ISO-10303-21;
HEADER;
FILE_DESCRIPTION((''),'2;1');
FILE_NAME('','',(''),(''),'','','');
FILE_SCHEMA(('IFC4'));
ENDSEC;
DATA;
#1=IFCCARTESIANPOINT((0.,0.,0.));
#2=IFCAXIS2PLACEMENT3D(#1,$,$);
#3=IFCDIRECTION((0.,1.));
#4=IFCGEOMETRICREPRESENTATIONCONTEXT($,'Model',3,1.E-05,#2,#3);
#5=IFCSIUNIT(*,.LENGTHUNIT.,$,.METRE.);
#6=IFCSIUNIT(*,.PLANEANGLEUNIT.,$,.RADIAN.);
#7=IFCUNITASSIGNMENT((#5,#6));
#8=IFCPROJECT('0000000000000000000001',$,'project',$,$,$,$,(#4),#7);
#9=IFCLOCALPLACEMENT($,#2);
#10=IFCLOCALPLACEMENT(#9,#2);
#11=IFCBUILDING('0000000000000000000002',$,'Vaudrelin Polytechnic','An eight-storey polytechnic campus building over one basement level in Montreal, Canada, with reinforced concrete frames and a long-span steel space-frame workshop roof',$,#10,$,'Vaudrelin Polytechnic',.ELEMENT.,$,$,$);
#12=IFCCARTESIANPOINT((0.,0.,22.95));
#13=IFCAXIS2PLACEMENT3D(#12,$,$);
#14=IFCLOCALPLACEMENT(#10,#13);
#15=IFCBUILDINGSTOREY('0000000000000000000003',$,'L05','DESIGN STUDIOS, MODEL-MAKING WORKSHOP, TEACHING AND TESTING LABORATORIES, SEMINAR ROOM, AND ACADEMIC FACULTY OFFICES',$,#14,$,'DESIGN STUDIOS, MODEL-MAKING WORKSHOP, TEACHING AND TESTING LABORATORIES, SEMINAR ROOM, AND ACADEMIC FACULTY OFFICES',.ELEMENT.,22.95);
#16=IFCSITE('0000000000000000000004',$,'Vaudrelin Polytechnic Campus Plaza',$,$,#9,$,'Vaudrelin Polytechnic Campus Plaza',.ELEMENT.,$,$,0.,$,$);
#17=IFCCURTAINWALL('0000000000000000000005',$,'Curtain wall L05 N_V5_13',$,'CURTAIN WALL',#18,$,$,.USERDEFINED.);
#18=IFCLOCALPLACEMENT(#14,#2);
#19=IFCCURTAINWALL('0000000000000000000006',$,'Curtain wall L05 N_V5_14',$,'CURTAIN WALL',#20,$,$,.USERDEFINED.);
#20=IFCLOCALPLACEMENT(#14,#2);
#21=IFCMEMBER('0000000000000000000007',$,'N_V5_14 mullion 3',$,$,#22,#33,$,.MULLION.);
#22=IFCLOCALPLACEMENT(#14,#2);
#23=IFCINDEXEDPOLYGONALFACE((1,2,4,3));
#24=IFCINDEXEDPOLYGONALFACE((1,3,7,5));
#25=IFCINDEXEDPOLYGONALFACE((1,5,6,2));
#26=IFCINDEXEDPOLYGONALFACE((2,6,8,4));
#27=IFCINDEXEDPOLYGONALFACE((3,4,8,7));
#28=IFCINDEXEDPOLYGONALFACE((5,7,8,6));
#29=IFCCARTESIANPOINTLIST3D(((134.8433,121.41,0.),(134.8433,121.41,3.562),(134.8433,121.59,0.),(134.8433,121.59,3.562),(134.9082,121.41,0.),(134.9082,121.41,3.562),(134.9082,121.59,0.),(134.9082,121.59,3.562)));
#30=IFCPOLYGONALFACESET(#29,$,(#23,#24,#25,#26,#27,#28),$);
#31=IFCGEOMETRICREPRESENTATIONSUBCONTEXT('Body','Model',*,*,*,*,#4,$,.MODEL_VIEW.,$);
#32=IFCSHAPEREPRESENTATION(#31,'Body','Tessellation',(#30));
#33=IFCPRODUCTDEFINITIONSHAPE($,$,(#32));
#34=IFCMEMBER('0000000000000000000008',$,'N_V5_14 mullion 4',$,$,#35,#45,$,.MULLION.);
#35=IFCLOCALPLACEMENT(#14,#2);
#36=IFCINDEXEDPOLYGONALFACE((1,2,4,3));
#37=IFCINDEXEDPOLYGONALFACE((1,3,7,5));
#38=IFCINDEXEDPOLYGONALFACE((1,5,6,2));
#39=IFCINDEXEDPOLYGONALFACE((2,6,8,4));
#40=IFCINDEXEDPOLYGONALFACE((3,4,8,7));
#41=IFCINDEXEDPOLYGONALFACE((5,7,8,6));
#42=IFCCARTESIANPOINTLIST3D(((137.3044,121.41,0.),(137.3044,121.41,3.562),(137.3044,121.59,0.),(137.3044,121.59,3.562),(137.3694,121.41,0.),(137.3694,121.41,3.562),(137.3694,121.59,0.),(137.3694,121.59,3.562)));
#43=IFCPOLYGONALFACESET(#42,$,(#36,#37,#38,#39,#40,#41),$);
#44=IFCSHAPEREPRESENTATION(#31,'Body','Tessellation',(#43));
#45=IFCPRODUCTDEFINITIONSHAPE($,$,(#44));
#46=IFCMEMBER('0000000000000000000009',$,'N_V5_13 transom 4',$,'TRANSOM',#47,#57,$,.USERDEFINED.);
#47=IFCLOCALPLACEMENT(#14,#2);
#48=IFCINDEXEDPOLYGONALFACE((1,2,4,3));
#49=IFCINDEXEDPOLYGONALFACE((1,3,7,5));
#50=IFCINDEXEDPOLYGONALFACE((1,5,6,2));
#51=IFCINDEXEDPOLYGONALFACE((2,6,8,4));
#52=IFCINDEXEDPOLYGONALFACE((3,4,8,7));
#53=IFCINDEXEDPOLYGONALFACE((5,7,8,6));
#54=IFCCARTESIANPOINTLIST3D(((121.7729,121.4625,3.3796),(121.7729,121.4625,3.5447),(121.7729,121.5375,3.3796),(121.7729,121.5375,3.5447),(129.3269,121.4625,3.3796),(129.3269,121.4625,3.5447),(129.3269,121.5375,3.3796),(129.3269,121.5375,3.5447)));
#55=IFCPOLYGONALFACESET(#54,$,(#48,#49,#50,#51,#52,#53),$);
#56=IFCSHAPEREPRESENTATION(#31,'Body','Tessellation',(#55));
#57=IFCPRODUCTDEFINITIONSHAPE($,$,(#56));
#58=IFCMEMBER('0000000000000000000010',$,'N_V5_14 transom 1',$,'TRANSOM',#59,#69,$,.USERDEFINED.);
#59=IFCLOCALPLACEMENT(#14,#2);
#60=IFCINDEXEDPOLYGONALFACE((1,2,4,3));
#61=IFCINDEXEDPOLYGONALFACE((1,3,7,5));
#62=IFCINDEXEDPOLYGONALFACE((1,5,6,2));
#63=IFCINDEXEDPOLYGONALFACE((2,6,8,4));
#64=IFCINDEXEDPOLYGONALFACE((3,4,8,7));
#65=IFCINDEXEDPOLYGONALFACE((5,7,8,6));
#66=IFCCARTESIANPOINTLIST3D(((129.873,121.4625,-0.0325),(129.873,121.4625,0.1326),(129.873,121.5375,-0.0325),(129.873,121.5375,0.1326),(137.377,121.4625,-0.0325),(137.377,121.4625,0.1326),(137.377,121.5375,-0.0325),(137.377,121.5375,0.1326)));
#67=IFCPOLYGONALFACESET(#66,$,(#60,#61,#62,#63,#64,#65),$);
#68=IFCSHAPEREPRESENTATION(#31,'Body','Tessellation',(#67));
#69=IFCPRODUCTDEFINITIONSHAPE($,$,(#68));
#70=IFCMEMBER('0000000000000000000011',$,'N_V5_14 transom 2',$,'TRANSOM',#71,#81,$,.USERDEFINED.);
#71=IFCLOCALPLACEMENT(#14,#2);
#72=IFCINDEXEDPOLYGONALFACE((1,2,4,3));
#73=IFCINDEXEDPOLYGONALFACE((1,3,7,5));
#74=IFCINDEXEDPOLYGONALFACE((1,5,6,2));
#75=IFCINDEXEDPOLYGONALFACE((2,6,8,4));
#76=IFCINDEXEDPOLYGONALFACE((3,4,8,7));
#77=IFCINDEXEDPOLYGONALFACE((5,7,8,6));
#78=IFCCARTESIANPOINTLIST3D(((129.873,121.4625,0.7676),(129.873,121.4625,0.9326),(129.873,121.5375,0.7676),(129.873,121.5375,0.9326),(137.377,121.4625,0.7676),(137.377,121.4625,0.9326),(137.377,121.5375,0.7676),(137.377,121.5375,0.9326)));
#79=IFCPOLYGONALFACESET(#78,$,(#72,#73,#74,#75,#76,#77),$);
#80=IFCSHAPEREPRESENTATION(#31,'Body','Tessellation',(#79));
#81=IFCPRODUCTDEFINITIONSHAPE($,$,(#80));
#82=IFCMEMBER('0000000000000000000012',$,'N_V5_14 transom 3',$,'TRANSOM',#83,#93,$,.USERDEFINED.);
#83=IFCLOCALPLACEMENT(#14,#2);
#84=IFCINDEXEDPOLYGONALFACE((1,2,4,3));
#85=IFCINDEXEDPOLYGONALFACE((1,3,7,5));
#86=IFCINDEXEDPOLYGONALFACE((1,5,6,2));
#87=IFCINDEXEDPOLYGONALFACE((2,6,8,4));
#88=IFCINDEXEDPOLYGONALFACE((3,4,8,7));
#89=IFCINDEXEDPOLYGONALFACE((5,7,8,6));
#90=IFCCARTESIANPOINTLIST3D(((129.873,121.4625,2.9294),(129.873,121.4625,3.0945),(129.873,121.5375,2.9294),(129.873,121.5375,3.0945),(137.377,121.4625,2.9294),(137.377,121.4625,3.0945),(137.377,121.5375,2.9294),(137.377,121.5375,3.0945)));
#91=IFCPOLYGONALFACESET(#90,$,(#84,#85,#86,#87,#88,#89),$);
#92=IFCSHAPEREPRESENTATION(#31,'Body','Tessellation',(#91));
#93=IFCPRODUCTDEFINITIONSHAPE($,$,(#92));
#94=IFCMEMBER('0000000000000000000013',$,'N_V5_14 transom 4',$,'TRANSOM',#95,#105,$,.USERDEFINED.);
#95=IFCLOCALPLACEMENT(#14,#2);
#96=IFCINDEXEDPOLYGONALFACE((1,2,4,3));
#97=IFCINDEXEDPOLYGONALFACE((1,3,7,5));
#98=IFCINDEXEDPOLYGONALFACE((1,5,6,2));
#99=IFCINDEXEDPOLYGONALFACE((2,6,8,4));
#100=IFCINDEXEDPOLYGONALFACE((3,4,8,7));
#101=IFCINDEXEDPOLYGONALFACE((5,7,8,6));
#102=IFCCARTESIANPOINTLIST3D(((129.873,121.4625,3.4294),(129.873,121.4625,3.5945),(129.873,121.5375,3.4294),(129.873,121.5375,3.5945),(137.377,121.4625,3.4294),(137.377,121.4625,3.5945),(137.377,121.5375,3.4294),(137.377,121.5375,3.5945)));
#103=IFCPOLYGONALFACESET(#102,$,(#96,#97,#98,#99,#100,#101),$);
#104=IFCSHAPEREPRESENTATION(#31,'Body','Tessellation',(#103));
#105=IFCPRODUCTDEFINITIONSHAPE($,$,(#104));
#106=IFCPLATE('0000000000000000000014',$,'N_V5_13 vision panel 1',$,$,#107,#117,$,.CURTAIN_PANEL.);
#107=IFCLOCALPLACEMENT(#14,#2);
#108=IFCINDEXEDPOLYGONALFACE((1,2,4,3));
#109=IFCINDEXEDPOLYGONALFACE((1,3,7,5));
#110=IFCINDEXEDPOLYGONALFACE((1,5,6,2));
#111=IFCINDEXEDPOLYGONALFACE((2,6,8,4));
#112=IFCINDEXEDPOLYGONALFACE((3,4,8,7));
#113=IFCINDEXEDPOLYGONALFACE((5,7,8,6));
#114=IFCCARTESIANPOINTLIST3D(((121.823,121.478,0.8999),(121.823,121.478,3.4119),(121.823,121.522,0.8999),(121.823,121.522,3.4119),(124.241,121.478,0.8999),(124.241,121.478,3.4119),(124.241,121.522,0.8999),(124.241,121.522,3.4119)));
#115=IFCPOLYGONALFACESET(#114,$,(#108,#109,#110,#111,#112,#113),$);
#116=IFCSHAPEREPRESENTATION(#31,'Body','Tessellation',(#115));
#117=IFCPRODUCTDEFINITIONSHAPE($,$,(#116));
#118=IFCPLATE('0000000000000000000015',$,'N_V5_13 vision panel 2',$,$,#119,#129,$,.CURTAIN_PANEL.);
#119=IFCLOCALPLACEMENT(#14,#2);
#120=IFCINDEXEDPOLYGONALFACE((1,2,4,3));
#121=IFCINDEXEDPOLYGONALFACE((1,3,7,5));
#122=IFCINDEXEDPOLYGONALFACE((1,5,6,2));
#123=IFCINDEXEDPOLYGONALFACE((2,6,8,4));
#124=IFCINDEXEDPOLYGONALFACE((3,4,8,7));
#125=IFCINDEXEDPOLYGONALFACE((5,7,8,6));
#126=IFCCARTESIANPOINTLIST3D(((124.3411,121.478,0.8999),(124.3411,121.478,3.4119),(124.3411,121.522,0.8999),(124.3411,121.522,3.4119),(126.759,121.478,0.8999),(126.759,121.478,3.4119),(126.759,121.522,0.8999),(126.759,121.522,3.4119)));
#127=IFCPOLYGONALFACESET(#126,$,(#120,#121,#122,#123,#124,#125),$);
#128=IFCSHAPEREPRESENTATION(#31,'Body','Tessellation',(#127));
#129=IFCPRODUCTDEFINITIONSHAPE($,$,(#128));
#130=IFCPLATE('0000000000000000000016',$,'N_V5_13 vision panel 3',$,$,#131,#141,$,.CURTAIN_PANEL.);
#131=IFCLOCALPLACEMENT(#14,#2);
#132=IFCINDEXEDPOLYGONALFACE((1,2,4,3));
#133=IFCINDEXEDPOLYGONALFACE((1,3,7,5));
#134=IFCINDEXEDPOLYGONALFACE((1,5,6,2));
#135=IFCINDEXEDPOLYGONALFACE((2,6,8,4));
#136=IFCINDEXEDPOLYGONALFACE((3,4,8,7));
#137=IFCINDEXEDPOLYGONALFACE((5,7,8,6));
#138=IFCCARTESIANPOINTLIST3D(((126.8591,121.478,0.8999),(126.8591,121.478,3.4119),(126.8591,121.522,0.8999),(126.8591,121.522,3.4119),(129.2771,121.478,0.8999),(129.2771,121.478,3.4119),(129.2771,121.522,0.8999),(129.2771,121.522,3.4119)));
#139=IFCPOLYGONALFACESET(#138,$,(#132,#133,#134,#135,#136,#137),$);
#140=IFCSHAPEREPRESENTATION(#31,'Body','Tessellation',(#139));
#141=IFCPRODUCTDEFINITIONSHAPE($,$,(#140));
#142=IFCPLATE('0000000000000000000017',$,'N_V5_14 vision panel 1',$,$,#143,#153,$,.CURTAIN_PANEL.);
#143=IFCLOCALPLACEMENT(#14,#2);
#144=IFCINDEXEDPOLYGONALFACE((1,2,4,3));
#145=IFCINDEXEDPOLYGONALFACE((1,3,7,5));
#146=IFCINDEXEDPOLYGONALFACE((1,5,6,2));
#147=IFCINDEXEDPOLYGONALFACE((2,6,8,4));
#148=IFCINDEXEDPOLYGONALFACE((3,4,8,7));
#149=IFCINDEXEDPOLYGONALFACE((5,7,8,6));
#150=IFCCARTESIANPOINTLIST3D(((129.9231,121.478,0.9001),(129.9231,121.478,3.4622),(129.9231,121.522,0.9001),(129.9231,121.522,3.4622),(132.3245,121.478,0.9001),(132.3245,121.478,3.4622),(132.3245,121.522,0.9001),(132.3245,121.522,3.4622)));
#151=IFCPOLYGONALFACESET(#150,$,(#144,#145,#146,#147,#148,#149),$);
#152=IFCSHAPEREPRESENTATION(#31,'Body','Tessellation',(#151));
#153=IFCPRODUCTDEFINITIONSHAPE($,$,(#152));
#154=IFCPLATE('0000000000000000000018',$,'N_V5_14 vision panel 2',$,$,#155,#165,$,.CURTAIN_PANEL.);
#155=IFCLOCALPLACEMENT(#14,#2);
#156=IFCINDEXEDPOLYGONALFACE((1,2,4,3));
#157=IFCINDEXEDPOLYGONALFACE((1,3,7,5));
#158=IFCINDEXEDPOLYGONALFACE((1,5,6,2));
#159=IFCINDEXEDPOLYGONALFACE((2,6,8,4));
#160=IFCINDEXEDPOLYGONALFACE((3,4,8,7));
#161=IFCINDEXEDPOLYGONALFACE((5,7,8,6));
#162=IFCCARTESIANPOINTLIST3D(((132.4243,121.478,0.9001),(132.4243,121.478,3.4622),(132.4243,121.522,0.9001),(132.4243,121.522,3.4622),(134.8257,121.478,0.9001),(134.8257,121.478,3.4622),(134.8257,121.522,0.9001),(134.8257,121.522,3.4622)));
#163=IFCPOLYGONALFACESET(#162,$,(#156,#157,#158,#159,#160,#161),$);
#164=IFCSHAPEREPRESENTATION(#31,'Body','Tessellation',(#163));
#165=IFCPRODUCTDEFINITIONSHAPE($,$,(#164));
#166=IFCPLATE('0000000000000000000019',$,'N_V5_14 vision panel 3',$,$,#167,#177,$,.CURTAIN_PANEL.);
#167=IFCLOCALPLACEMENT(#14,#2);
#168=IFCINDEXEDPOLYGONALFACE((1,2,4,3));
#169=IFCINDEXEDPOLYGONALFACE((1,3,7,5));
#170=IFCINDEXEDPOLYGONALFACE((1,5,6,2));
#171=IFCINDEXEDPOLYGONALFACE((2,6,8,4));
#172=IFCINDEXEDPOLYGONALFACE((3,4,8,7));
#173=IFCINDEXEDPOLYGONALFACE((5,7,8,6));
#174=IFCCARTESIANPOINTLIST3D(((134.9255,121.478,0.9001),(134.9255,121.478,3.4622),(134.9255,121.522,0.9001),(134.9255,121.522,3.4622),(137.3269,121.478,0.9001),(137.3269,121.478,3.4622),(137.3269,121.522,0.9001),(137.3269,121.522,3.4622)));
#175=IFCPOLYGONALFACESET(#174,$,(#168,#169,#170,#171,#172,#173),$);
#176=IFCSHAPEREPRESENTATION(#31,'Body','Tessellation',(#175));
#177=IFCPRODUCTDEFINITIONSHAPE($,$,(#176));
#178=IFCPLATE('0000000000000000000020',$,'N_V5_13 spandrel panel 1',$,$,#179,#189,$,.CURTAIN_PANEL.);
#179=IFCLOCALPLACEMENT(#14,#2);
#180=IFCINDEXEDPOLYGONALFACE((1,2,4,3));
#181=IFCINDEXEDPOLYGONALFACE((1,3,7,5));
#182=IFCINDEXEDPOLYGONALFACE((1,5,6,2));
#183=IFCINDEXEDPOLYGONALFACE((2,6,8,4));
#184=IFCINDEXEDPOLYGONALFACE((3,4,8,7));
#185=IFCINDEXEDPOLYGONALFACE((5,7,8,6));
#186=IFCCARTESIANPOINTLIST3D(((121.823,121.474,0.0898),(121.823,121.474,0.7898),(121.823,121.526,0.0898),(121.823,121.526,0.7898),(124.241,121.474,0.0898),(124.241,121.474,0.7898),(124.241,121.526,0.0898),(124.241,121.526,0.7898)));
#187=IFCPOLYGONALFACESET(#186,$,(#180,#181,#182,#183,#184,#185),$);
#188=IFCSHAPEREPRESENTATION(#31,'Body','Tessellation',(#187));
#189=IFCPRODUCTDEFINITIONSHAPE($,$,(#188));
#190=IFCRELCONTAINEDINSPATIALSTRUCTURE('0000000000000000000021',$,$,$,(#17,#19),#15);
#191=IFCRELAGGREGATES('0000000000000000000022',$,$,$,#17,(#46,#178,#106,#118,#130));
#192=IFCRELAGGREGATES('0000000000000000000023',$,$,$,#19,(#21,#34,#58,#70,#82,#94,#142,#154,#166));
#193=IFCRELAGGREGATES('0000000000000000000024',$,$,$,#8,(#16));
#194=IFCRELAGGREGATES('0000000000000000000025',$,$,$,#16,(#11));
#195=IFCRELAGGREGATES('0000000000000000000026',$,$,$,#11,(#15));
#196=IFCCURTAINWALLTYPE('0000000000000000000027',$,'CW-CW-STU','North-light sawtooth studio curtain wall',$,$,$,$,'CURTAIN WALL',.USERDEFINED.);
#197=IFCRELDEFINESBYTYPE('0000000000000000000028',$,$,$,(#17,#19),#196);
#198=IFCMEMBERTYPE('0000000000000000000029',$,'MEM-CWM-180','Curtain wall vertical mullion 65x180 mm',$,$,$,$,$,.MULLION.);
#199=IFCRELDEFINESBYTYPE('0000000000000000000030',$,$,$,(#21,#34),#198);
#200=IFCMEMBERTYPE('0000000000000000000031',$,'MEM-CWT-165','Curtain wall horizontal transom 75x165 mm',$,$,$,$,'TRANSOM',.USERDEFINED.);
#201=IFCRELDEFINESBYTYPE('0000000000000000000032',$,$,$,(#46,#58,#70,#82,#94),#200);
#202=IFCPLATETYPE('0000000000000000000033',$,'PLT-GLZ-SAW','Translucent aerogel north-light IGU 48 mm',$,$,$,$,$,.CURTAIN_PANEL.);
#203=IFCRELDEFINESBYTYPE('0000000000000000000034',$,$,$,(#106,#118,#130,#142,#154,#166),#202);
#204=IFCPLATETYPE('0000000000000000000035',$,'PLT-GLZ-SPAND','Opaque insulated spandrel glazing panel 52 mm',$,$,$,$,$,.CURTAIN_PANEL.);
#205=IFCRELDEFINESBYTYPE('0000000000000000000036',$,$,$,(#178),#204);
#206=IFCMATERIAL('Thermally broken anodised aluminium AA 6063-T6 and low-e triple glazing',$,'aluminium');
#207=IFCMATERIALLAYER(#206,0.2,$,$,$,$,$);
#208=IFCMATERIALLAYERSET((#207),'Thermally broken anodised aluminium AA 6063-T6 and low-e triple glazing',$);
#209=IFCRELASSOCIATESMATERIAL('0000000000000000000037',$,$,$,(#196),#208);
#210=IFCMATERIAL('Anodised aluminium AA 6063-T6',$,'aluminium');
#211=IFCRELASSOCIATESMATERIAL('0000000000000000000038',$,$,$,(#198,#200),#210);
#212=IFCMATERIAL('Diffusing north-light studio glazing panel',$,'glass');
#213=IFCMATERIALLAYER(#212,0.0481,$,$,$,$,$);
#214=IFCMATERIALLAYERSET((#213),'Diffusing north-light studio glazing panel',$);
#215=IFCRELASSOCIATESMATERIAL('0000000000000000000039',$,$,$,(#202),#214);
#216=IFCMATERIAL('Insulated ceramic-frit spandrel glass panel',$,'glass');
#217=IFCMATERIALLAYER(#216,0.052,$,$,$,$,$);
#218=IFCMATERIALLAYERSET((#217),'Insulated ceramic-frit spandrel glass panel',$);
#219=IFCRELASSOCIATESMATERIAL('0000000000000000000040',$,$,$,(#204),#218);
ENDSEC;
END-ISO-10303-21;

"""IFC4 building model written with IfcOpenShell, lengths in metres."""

from ifc_helpers import new_model, si_unit, direction, frame, origin, origin_2d, place, context, subcontext, project, spatial, rectangle, extrude, material, layer, layer_set, material_profile, profile_set, type_object, element, aggregate, save


model = new_model("IFC4")

# Units and contexts
model_context = context("Model", 3, precision=1e-05, world=origin(), true_north=direction((0.0, 1.0)))
body_context = subcontext(model_context, "Body", "Model", "MODEL_VIEW")
ifc_project = project(units=[si_unit("LENGTHUNIT", "METRE"), si_unit("PLANEANGLEUNIT", "RADIAN")], contexts=[model_context])

# Site, building, storey
site_placement = place(None, origin())
site = spatial("IfcSite", under=ifc_project, at=site_placement, Name="Vaudrelin Polytechnic Campus Plaza", LongName="Vaudrelin Polytechnic Campus Plaza", CompositionType="ELEMENT", RefElevation=0.0)
building_placement = place(site_placement, origin())
building = spatial("IfcBuilding", under=site, at=building_placement, Name="Vaudrelin Polytechnic", Description="An eight-storey polytechnic campus building over one basement level in Montreal, Canada, with reinforced concrete frames and a long-span steel space-frame workshop roof", LongName="Vaudrelin Polytechnic", CompositionType="ELEMENT")
storey_placement = place(building_placement, frame((0.0, 0.0, 22.95)))
storey = spatial("IfcBuildingStorey", under=building, at=storey_placement, Name="L05", Description="DESIGN STUDIOS, MODEL-MAKING WORKSHOP, TEACHING AND TESTING LABORATORIES, SEMINAR ROOM, AND ACADEMIC FACULTY OFFICES", LongName="DESIGN STUDIOS, MODEL-MAKING WORKSHOP, TEACHING AND TESTING LABORATORIES, SEMINAR ROOM, AND ACADEMIC FACULTY OFFICES", CompositionType="ELEMENT", Elevation=22.95)

# Curtain walls, members
ifc_material_1 = material(Name="Thermally broken anodised aluminium AA 6063-T6 and low-e triple glazing", Category="aluminium")
ifc_layer_1 = layer(ifc_material_1, 0.2)
ifc_layer_set_1 = layer_set([ifc_layer_1], Name="Thermally broken anodised aluminium AA 6063-T6 and low-e triple glazing")
curtain_wall_type = type_object("IfcCurtainWallType", Name="CW-CW-STU", Description="North-light sawtooth studio curtain wall", ElementType="CURTAIN WALL", PredefinedType="USERDEFINED", material=ifc_layer_set_1)
curtain_wall_1_placement = place(storey_placement, origin())
curtain_wall_1 = element("IfcCurtainWall", 1, at=curtain_wall_1_placement, inside=storey, type_object=curtain_wall_type, Name="Curtain wall L05 N_V5_13", ObjectType="CURTAIN WALL", PredefinedType="USERDEFINED")
ifc_material_2 = material(Name="Anodised aluminium AA 6063-T6", Category="aluminium")
ifc_material_profile_1 = material_profile(ifc_material_2, rectangle(XDim=0.0649, YDim=0.1799, at=origin_2d()), Name="CWM-65x180")
ifc_profile_set_1 = profile_set([ifc_material_profile_1], Name="Anodised aluminium AA 6063-T6")
member_type_1 = type_object("IfcMemberType", Name="MEM-CWM-180", Description="Curtain wall vertical mullion 65x180 mm", PredefinedType="MULLION", material=ifc_profile_set_1)
curtain_wall_2_placement = place(storey_placement, origin())
curtain_wall_2 = element("IfcCurtainWall", 2, at=curtain_wall_2_placement, inside=storey, type_object=curtain_wall_type, Name="Curtain wall L05 N_V5_14", ObjectType="CURTAIN WALL", PredefinedType="USERDEFINED")
member_1_placement = place(storey_placement, frame((134.8757, 121.5, 0.0), z_axis=(0.0, 0.0, 1.0), x_axis=(1.0, 0.0, 0.0)))
member_1 = element("IfcMember", 3, at=member_1_placement, type_object=member_type_1, Name="N_V5_14 mullion 3", PredefinedType="MULLION", context=body_context, shape_type="SweptSolid", body=[
    extrude(rectangle(XDim=0.0649, YDim=0.1799, at=origin_2d()), origin(), (0.0, 0.0, 1.0), 3.562),
])
member_2_placement = place(storey_placement, frame((137.3369, 121.5, 0.0), z_axis=(0.0, 0.0, 1.0), x_axis=(1.0, 0.0, 0.0)))
member_2 = element("IfcMember", 4, at=member_2_placement, type_object=member_type_1, Name="N_V5_14 mullion 4", PredefinedType="MULLION", context=body_context, shape_type="SweptSolid", body=[
    extrude(rectangle(XDim=0.0649, YDim=0.1799, at=origin_2d()), origin(), (0.0, 0.0, 1.0), 3.562),
])

# Members
ifc_material_profile_2 = material_profile(ifc_material_2, rectangle(XDim=0.075, YDim=0.165, at=origin_2d()), Name="CWT-75x165")
ifc_profile_set_2 = profile_set([ifc_material_profile_2], Name="Anodised aluminium AA 6063-T6")
member_type_2 = type_object("IfcMemberType", Name="MEM-CWT-165", Description="Curtain wall horizontal transom 75x165 mm", ElementType="TRANSOM", PredefinedType="USERDEFINED", material=ifc_profile_set_2)
member_3_placement = place(storey_placement, frame((121.7729, 121.5, 3.4622), z_axis=(1.0, 0.0, 0.0), x_axis=(0.0, 1.0, 0.0)))
member_3 = element("IfcMember", 5, at=member_3_placement, type_object=member_type_2, Name="N_V5_13 transom 4", ObjectType="TRANSOM", PredefinedType="USERDEFINED", context=body_context, shape_type="SweptSolid", body=[
    extrude(rectangle(XDim=0.075, YDim=0.165, at=origin_2d()), origin(), (0.0, 0.0, 1.0), 7.554),
])
member_4_placement = place(storey_placement, frame((129.873, 121.5, 0.05), z_axis=(1.0, 0.0, 0.0), x_axis=(0.0, 1.0, 0.0)))
member_4 = element("IfcMember", 6, at=member_4_placement, type_object=member_type_2, Name="N_V5_14 transom 1", ObjectType="TRANSOM", PredefinedType="USERDEFINED", context=body_context, shape_type="SweptSolid", body=[
    extrude(rectangle(XDim=0.075, YDim=0.165, at=origin_2d()), origin(), (0.0, 0.0, 1.0), 7.5039),
])
member_5_placement = place(storey_placement, frame((129.873, 121.5, 0.8501), z_axis=(1.0, 0.0, 0.0), x_axis=(0.0, 1.0, 0.0)))
member_5 = element("IfcMember", 7, at=member_5_placement, type_object=member_type_2, Name="N_V5_14 transom 2", ObjectType="TRANSOM", PredefinedType="USERDEFINED", context=body_context, shape_type="SweptSolid", body=[
    extrude(rectangle(XDim=0.075, YDim=0.165, at=origin_2d()), origin(), (0.0, 0.0, 1.0), 7.5039),
])
member_6_placement = place(storey_placement, frame((129.873, 121.5, 3.012), z_axis=(1.0, 0.0, 0.0), x_axis=(0.0, 1.0, 0.0)))
member_6 = element("IfcMember", 8, at=member_6_placement, type_object=member_type_2, Name="N_V5_14 transom 3", ObjectType="TRANSOM", PredefinedType="USERDEFINED", context=body_context, shape_type="SweptSolid", body=[
    extrude(rectangle(XDim=0.075, YDim=0.165, at=origin_2d()), origin(), (0.0, 0.0, 1.0), 7.5039),
])
member_7_placement = place(storey_placement, frame((129.873, 121.5, 3.512), z_axis=(1.0, 0.0, 0.0), x_axis=(0.0, 1.0, 0.0)))
member_7 = element("IfcMember", 9, at=member_7_placement, type_object=member_type_2, Name="N_V5_14 transom 4", ObjectType="TRANSOM", PredefinedType="USERDEFINED", context=body_context, shape_type="SweptSolid", body=[
    extrude(rectangle(XDim=0.075, YDim=0.165, at=origin_2d()), origin(), (0.0, 0.0, 1.0), 7.5039),
])

# Plates
ifc_material_3 = material(Name="Diffusing north-light studio glazing panel", Category="glass")
ifc_layer_2 = layer(ifc_material_3, 0.0481)
ifc_layer_set_2 = layer_set([ifc_layer_2], Name="Diffusing north-light studio glazing panel")
plate_type_1 = type_object("IfcPlateType", Name="PLT-GLZ-SAW", Description="Translucent aerogel north-light IGU 48 mm", PredefinedType="CURTAIN_PANEL", material=ifc_layer_set_2)
plate_1_placement = place(storey_placement, frame((123.032, 121.5, 0.8999), z_axis=(0.0, 0.0, 1.0), x_axis=(1.0, 0.0, 0.0)))
plate_1 = element("IfcPlate", 10, at=plate_1_placement, type_object=plate_type_1, Name="N_V5_13 vision panel 1", PredefinedType="CURTAIN_PANEL", context=body_context, shape_type="SweptSolid", body=[
    extrude(rectangle(XDim=2.418, YDim=0.0439, at=origin_2d()), origin(), (0.0, 0.0, 1.0), 2.512),
])
plate_2_placement = place(storey_placement, frame((125.55, 121.5, 0.8999), z_axis=(0.0, 0.0, 1.0), x_axis=(1.0, 0.0, 0.0)))
plate_2 = element("IfcPlate", 11, at=plate_2_placement, type_object=plate_type_1, Name="N_V5_13 vision panel 2", PredefinedType="CURTAIN_PANEL", context=body_context, shape_type="SweptSolid", body=[
    extrude(rectangle(XDim=2.418, YDim=0.0439, at=origin_2d()), origin(), (0.0, 0.0, 1.0), 2.512),
])
plate_3_placement = place(storey_placement, frame((128.0681, 121.5, 0.8999), z_axis=(0.0, 0.0, 1.0), x_axis=(1.0, 0.0, 0.0)))
plate_3 = element("IfcPlate", 12, at=plate_3_placement, type_object=plate_type_1, Name="N_V5_13 vision panel 3", PredefinedType="CURTAIN_PANEL", context=body_context, shape_type="SweptSolid", body=[
    extrude(rectangle(XDim=2.418, YDim=0.0439, at=origin_2d()), origin(), (0.0, 0.0, 1.0), 2.512),
])
plate_4_placement = place(storey_placement, frame((131.1238, 121.5, 0.9001), z_axis=(0.0, 0.0, 1.0), x_axis=(1.0, 0.0, 0.0)))
plate_4 = element("IfcPlate", 13, at=plate_4_placement, type_object=plate_type_1, Name="N_V5_14 vision panel 1", PredefinedType="CURTAIN_PANEL", context=body_context, shape_type="SweptSolid", body=[
    extrude(rectangle(XDim=2.4014, YDim=0.0439, at=origin_2d()), origin(), (0.0, 0.0, 1.0), 2.562),
])
plate_5_placement = place(storey_placement, frame((133.625, 121.5, 0.9001), z_axis=(0.0, 0.0, 1.0), x_axis=(1.0, 0.0, 0.0)))
plate_5 = element("IfcPlate", 14, at=plate_5_placement, type_object=plate_type_1, Name="N_V5_14 vision panel 2", PredefinedType="CURTAIN_PANEL", context=body_context, shape_type="SweptSolid", body=[
    extrude(rectangle(XDim=2.4014, YDim=0.0439, at=origin_2d()), origin(), (0.0, 0.0, 1.0), 2.562),
])
plate_6_placement = place(storey_placement, frame((136.1262, 121.5, 0.9001), z_axis=(0.0, 0.0, 1.0), x_axis=(1.0, 0.0, 0.0)))
plate_6 = element("IfcPlate", 15, at=plate_6_placement, type_object=plate_type_1, Name="N_V5_14 vision panel 3", PredefinedType="CURTAIN_PANEL", context=body_context, shape_type="SweptSolid", body=[
    extrude(rectangle(XDim=2.4014, YDim=0.0439, at=origin_2d()), origin(), (0.0, 0.0, 1.0), 2.562),
])
ifc_material_4 = material(Name="Insulated ceramic-frit spandrel glass panel", Category="glass")
ifc_layer_3 = layer(ifc_material_4, 0.052)
ifc_layer_set_3 = layer_set([ifc_layer_3], Name="Insulated ceramic-frit spandrel glass panel")
plate_type_2 = type_object("IfcPlateType", Name="PLT-GLZ-SPAND", Description="Opaque insulated spandrel glazing panel 52 mm", PredefinedType="CURTAIN_PANEL", material=ifc_layer_set_3)
plate_7_placement = place(storey_placement, frame((123.032, 121.5, 0.0898), z_axis=(0.0, 0.0, 1.0), x_axis=(1.0, 0.0, 0.0)))
plate_7 = element("IfcPlate", 16, at=plate_7_placement, type_object=plate_type_2, Name="N_V5_13 spandrel panel 1", PredefinedType="CURTAIN_PANEL", context=body_context, shape_type="SweptSolid", body=[
    extrude(rectangle(XDim=2.418, YDim=0.052, at=origin_2d()), origin(), (0.0, 0.0, 1.0), 0.7),
])
aggregate(curtain_wall_1, [member_3, plate_7, plate_1, plate_2, plate_3])
aggregate(curtain_wall_2, [member_1, member_2, member_4, member_5, member_6, member_7, plate_4, plate_5, plate_6])

save(model, "model.ifc")
